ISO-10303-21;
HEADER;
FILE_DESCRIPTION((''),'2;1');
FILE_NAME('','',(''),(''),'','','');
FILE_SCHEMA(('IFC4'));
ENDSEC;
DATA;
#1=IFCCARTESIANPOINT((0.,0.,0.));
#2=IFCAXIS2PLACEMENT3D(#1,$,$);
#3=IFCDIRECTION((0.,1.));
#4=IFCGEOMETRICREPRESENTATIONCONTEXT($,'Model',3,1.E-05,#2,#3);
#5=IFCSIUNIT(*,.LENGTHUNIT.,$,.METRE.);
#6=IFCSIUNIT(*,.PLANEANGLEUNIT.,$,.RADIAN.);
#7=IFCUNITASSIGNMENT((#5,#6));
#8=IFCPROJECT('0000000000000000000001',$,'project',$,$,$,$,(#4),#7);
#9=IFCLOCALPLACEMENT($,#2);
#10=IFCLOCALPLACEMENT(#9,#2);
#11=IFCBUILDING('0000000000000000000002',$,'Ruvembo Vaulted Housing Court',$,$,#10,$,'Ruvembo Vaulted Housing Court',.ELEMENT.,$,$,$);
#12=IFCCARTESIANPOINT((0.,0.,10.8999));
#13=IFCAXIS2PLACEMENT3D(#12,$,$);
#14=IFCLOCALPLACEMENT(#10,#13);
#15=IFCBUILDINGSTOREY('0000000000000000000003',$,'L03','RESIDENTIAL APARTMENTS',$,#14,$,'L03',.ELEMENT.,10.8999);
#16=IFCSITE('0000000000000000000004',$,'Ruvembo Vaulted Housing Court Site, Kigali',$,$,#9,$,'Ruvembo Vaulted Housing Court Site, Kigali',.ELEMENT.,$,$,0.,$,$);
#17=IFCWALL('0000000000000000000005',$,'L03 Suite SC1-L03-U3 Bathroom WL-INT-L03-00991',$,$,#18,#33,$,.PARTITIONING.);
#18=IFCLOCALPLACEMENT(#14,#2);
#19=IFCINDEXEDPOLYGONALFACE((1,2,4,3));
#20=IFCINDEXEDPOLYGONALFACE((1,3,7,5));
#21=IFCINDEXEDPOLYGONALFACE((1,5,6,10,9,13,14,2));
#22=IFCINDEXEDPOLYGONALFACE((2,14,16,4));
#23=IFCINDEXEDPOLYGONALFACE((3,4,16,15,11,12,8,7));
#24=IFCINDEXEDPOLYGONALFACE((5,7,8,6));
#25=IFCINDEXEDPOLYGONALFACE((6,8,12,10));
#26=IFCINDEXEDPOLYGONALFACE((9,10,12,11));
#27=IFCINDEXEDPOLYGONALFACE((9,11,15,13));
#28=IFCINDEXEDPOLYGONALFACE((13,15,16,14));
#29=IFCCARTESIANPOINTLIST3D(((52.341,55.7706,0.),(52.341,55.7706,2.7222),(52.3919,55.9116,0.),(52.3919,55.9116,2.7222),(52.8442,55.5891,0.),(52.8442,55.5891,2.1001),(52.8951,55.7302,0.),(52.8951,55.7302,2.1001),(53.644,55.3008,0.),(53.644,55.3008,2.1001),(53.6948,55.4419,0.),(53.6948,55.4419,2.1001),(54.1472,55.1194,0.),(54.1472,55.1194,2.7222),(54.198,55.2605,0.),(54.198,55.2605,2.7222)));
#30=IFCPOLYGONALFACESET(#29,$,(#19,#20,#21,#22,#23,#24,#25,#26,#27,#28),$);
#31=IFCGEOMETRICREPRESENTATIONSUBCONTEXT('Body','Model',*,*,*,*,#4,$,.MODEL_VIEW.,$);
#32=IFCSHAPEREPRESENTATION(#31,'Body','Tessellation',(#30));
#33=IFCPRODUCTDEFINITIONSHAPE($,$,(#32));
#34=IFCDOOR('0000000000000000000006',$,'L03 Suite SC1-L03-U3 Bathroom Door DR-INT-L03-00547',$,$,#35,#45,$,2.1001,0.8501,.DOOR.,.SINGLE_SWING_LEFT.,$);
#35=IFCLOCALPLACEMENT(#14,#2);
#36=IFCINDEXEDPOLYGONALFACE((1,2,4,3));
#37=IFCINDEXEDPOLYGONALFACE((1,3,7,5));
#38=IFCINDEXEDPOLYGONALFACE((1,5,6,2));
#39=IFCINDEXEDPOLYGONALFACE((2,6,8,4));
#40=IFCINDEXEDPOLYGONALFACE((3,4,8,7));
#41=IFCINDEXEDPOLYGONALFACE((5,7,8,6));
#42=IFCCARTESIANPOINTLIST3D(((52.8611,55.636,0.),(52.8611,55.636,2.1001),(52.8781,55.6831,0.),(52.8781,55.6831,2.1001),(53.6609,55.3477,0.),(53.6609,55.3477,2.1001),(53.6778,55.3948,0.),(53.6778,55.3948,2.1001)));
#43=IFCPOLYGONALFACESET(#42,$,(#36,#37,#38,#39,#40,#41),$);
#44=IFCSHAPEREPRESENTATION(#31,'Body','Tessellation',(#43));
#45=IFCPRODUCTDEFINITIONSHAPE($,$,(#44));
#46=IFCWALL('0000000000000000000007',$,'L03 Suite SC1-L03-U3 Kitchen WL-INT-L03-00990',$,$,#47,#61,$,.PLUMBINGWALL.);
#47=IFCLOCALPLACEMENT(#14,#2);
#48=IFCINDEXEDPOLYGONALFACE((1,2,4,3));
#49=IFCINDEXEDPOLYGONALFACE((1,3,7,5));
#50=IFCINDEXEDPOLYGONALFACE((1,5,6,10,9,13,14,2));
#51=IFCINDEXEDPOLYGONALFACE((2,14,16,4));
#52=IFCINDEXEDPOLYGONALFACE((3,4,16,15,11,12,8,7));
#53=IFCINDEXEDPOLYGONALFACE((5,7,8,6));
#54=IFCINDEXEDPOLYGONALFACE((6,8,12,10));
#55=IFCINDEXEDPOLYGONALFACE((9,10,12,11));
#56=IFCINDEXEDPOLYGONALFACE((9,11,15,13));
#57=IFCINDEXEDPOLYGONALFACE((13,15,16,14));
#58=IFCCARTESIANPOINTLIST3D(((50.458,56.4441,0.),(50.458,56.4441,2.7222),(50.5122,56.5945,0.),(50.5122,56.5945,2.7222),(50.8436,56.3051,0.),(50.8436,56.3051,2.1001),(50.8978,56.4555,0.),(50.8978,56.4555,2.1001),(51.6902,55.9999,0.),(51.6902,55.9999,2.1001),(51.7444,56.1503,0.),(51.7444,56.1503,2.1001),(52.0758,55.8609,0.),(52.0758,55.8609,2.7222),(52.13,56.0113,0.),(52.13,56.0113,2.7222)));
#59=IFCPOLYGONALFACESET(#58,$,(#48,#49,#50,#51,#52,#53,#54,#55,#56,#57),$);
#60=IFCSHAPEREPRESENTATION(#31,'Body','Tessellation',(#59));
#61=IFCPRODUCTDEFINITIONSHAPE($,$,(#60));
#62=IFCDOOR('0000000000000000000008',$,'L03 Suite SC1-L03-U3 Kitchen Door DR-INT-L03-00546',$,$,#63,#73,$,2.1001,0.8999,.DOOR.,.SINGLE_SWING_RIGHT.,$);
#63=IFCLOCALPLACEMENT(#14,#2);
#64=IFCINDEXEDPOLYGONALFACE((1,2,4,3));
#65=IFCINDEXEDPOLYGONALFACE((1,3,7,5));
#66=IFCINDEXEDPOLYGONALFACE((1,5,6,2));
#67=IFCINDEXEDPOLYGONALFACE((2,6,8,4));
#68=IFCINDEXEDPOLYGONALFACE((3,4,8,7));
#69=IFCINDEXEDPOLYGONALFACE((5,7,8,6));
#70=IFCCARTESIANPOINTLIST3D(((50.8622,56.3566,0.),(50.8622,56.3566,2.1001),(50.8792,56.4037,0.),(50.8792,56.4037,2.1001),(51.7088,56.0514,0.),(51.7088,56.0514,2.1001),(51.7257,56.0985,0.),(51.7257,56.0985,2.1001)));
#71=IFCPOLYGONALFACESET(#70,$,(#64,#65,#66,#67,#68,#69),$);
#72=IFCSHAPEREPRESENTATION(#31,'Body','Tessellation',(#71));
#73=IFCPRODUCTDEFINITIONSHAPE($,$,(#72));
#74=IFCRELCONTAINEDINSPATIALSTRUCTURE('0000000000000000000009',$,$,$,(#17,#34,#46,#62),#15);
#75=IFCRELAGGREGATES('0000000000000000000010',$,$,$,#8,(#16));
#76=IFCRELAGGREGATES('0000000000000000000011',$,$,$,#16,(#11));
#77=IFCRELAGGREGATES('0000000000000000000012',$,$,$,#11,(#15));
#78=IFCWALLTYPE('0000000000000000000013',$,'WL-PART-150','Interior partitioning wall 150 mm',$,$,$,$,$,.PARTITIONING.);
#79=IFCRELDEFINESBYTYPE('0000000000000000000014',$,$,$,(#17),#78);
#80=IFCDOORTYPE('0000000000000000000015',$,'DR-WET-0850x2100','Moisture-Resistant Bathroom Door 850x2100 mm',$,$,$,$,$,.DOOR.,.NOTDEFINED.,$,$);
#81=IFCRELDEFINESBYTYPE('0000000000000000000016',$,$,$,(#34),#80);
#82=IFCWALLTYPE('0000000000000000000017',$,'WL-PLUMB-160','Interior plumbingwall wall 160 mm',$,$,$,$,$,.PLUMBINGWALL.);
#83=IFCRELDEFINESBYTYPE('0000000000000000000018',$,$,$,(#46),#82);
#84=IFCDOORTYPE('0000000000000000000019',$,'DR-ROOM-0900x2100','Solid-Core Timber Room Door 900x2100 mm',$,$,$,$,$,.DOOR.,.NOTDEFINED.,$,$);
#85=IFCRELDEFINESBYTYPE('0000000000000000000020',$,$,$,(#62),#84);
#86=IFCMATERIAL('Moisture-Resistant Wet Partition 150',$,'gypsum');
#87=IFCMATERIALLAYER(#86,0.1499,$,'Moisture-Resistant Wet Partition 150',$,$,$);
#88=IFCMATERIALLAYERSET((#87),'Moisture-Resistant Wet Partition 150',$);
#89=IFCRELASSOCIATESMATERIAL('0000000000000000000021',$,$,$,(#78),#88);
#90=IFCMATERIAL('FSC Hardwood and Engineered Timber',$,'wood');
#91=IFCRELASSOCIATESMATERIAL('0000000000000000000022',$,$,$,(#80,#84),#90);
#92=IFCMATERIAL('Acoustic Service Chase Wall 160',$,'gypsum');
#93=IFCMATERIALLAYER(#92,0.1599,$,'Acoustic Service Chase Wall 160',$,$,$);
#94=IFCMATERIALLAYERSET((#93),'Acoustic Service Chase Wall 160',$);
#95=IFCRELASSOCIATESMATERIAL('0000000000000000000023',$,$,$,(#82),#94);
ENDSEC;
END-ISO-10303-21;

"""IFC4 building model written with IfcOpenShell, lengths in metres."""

from ifc_helpers import new_model, si_unit, direction, frame, frame_2d, origin, place, context, subcontext, project, spatial, rectangle, extrude, material, layer, layer_set, type_object, element, fill, save


model = new_model("IFC4")

# Units and contexts
model_context = context("Model", 3, precision=1e-05, world=origin(), true_north=direction((0.0, 1.0)))
body_context = subcontext(model_context, "Body", "Model", "MODEL_VIEW")
ifc_project = project(units=[si_unit("LENGTHUNIT", "METRE"), si_unit("PLANEANGLEUNIT", "RADIAN")], contexts=[model_context])

# Site, building, storey
site_placement = place(None, origin())
site = spatial("IfcSite", under=ifc_project, at=site_placement, Name="Ruvembo Vaulted Housing Court Site, Kigali", LongName="Ruvembo Vaulted Housing Court Site, Kigali", CompositionType="ELEMENT", RefElevation=0.0)
building_placement = place(site_placement, origin())
building = spatial("IfcBuilding", under=site, at=building_placement, Name="Ruvembo Vaulted Housing Court", LongName="Ruvembo Vaulted Housing Court", CompositionType="ELEMENT")
storey_placement = place(building_placement, frame((0.0, 0.0, 10.8999)))
storey = spatial("IfcBuildingStorey", under=building, at=storey_placement, Name="L03", Description="RESIDENTIAL APARTMENTS", LongName="L03", CompositionType="ELEMENT", Elevation=10.8999)

# Shared definitions
ifc_material_1 = material(Name="FSC Hardwood and Engineered Timber", Category="wood")

# Walls, openings, doors
ifc_material_2 = material(Name="Moisture-Resistant Wet Partition 150", Category="gypsum")
ifc_layer_1 = layer(ifc_material_2, 0.1499, Name="Moisture-Resistant Wet Partition 150")
ifc_layer_set_1 = layer_set([ifc_layer_1], Name="Moisture-Resistant Wet Partition 150")
wall_type_1 = type_object("IfcWallType", Name="WL-PART-150", Description="Interior partitioning wall 150 mm", PredefinedType="PARTITIONING", material=ifc_layer_set_1)
wall_1_placement = place(storey_placement, frame((52.3665, 55.8411, 0.0), z_axis=(0.0, 0.0, 1.0), x_axis=(0.940737, -0.339138, 0.0)))
wall_1 = element("IfcWall", 1, at=wall_1_placement, inside=storey, type_object=wall_type_1, Name="L03 Suite SC1-L03-U3 Bathroom WL-INT-L03-00991", PredefinedType="PARTITIONING", context=body_context, shape_type="SweptSolid", body=[
    extrude(rectangle(XDim=1.9199, YDim=0.1499, at=frame_2d((0.96, 0.0))), origin(), (0.0, 0.0, 1.0), 2.7222),
])
opening_1_placement = place(wall_1_placement, frame((0.5349, 0.0, 0.0)))
opening_1 = element("IfcOpeningElement", 2, at=opening_1_placement, cuts=wall_1, PredefinedType="OPENING", context=body_context, shape_type="SweptSolid", body=[
    extrude(rectangle(XDim=0.8501, YDim=2.1001, at=frame_2d((0.425, 1.05))), frame((0.0, 0.085, 0.0), z_axis=(0.0, -1.0, 0.0), x_axis=(1.0, 0.0, 0.0)), (0.0, 0.0, 1.0), 0.1699),
])
door_type_1 = type_object("IfcDoorType", Name="DR-WET-0850x2100", Description="Moisture-Resistant Bathroom Door 850x2100 mm", OperationType="NOTDEFINED", PredefinedType="DOOR", material=ifc_material_1)
door_1_placement = place(opening_1_placement, origin())
door_1 = element("IfcDoor", 3, at=door_1_placement, inside=storey, type_object=door_type_1, Name="L03 Suite SC1-L03-U3 Bathroom Door DR-INT-L03-00547", OperationType="SINGLE_SWING_LEFT", OverallHeight=2.1001, OverallWidth=0.8501, PredefinedType="DOOR", context=body_context, shape_type="SweptSolid", body=[
    extrude(rectangle(XDim=0.8501, YDim=2.1001, at=frame_2d((0.425, 1.05))), frame((0.0, 0.0249, 0.0), z_axis=(0.0, -1.0, 0.0), x_axis=(1.0, 0.0, 0.0)), (0.0, 0.0, 1.0), 0.05),
])
fill(opening_1, door_1)
ifc_material_3 = material(Name="Acoustic Service Chase Wall 160", Category="gypsum")
ifc_layer_2 = layer(ifc_material_3, 0.1599, Name="Acoustic Service Chase Wall 160")
ifc_layer_set_2 = layer_set([ifc_layer_2], Name="Acoustic Service Chase Wall 160")
wall_type_2 = type_object("IfcWallType", Name="WL-PLUMB-160", Description="Interior plumbingwall wall 160 mm", PredefinedType="PLUMBINGWALL", material=ifc_layer_set_2)
wall_2_placement = place(storey_placement, frame((50.4851, 56.5193, 0.0), z_axis=(0.0, 0.0, 1.0), x_axis=(0.940739, -0.339132, 0.0)))
wall_2 = element("IfcWall", 4, at=wall_2_placement, inside=storey, type_object=wall_type_2, Name="L03 Suite SC1-L03-U3 Kitchen WL-INT-L03-00990", PredefinedType="PLUMBINGWALL", context=body_context, shape_type="SweptSolid", body=[
    extrude(rectangle(XDim=1.7197, YDim=0.1599, at=frame_2d((0.8599, 0.0))), origin(), (0.0, 0.0, 1.0), 2.7222),
])
opening_2_placement = place(wall_2_placement, frame((0.4099, 0.0, 0.0)))
opening_2 = element("IfcOpeningElement", 5, at=opening_2_placement, cuts=wall_2, PredefinedType="OPENING", context=body_context, shape_type="SweptSolid", body=[
    extrude(rectangle(XDim=0.8999, YDim=2.1001, at=frame_2d((0.45, 1.05))), frame((0.0, 0.0898, 0.0), z_axis=(0.0, -1.0, 0.0), x_axis=(1.0, 0.0, 0.0)), (0.0, 0.0, 1.0), 0.1799),
])
door_type_2 = type_object("IfcDoorType", Name="DR-ROOM-0900x2100", Description="Solid-Core Timber Room Door 900x2100 mm", OperationType="NOTDEFINED", PredefinedType="DOOR", material=ifc_material_1)
door_2_placement = place(opening_2_placement, origin())
door_2 = element("IfcDoor", 6, at=door_2_placement, inside=storey, type_object=door_type_2, Name="L03 Suite SC1-L03-U3 Kitchen Door DR-INT-L03-00546", OperationType="SINGLE_SWING_RIGHT", OverallHeight=2.1001, OverallWidth=0.8999, PredefinedType="DOOR", context=body_context, shape_type="SweptSolid", body=[
    extrude(rectangle(XDim=0.8999, YDim=2.1001, at=frame_2d((0.45, 1.05))), frame((0.0, 0.0249, 0.0), z_axis=(0.0, -1.0, 0.0), x_axis=(1.0, 0.0, 0.0)), (0.0, 0.0, 1.0), 0.05),
])
fill(opening_2, door_2)

save(model, "model.ifc")
